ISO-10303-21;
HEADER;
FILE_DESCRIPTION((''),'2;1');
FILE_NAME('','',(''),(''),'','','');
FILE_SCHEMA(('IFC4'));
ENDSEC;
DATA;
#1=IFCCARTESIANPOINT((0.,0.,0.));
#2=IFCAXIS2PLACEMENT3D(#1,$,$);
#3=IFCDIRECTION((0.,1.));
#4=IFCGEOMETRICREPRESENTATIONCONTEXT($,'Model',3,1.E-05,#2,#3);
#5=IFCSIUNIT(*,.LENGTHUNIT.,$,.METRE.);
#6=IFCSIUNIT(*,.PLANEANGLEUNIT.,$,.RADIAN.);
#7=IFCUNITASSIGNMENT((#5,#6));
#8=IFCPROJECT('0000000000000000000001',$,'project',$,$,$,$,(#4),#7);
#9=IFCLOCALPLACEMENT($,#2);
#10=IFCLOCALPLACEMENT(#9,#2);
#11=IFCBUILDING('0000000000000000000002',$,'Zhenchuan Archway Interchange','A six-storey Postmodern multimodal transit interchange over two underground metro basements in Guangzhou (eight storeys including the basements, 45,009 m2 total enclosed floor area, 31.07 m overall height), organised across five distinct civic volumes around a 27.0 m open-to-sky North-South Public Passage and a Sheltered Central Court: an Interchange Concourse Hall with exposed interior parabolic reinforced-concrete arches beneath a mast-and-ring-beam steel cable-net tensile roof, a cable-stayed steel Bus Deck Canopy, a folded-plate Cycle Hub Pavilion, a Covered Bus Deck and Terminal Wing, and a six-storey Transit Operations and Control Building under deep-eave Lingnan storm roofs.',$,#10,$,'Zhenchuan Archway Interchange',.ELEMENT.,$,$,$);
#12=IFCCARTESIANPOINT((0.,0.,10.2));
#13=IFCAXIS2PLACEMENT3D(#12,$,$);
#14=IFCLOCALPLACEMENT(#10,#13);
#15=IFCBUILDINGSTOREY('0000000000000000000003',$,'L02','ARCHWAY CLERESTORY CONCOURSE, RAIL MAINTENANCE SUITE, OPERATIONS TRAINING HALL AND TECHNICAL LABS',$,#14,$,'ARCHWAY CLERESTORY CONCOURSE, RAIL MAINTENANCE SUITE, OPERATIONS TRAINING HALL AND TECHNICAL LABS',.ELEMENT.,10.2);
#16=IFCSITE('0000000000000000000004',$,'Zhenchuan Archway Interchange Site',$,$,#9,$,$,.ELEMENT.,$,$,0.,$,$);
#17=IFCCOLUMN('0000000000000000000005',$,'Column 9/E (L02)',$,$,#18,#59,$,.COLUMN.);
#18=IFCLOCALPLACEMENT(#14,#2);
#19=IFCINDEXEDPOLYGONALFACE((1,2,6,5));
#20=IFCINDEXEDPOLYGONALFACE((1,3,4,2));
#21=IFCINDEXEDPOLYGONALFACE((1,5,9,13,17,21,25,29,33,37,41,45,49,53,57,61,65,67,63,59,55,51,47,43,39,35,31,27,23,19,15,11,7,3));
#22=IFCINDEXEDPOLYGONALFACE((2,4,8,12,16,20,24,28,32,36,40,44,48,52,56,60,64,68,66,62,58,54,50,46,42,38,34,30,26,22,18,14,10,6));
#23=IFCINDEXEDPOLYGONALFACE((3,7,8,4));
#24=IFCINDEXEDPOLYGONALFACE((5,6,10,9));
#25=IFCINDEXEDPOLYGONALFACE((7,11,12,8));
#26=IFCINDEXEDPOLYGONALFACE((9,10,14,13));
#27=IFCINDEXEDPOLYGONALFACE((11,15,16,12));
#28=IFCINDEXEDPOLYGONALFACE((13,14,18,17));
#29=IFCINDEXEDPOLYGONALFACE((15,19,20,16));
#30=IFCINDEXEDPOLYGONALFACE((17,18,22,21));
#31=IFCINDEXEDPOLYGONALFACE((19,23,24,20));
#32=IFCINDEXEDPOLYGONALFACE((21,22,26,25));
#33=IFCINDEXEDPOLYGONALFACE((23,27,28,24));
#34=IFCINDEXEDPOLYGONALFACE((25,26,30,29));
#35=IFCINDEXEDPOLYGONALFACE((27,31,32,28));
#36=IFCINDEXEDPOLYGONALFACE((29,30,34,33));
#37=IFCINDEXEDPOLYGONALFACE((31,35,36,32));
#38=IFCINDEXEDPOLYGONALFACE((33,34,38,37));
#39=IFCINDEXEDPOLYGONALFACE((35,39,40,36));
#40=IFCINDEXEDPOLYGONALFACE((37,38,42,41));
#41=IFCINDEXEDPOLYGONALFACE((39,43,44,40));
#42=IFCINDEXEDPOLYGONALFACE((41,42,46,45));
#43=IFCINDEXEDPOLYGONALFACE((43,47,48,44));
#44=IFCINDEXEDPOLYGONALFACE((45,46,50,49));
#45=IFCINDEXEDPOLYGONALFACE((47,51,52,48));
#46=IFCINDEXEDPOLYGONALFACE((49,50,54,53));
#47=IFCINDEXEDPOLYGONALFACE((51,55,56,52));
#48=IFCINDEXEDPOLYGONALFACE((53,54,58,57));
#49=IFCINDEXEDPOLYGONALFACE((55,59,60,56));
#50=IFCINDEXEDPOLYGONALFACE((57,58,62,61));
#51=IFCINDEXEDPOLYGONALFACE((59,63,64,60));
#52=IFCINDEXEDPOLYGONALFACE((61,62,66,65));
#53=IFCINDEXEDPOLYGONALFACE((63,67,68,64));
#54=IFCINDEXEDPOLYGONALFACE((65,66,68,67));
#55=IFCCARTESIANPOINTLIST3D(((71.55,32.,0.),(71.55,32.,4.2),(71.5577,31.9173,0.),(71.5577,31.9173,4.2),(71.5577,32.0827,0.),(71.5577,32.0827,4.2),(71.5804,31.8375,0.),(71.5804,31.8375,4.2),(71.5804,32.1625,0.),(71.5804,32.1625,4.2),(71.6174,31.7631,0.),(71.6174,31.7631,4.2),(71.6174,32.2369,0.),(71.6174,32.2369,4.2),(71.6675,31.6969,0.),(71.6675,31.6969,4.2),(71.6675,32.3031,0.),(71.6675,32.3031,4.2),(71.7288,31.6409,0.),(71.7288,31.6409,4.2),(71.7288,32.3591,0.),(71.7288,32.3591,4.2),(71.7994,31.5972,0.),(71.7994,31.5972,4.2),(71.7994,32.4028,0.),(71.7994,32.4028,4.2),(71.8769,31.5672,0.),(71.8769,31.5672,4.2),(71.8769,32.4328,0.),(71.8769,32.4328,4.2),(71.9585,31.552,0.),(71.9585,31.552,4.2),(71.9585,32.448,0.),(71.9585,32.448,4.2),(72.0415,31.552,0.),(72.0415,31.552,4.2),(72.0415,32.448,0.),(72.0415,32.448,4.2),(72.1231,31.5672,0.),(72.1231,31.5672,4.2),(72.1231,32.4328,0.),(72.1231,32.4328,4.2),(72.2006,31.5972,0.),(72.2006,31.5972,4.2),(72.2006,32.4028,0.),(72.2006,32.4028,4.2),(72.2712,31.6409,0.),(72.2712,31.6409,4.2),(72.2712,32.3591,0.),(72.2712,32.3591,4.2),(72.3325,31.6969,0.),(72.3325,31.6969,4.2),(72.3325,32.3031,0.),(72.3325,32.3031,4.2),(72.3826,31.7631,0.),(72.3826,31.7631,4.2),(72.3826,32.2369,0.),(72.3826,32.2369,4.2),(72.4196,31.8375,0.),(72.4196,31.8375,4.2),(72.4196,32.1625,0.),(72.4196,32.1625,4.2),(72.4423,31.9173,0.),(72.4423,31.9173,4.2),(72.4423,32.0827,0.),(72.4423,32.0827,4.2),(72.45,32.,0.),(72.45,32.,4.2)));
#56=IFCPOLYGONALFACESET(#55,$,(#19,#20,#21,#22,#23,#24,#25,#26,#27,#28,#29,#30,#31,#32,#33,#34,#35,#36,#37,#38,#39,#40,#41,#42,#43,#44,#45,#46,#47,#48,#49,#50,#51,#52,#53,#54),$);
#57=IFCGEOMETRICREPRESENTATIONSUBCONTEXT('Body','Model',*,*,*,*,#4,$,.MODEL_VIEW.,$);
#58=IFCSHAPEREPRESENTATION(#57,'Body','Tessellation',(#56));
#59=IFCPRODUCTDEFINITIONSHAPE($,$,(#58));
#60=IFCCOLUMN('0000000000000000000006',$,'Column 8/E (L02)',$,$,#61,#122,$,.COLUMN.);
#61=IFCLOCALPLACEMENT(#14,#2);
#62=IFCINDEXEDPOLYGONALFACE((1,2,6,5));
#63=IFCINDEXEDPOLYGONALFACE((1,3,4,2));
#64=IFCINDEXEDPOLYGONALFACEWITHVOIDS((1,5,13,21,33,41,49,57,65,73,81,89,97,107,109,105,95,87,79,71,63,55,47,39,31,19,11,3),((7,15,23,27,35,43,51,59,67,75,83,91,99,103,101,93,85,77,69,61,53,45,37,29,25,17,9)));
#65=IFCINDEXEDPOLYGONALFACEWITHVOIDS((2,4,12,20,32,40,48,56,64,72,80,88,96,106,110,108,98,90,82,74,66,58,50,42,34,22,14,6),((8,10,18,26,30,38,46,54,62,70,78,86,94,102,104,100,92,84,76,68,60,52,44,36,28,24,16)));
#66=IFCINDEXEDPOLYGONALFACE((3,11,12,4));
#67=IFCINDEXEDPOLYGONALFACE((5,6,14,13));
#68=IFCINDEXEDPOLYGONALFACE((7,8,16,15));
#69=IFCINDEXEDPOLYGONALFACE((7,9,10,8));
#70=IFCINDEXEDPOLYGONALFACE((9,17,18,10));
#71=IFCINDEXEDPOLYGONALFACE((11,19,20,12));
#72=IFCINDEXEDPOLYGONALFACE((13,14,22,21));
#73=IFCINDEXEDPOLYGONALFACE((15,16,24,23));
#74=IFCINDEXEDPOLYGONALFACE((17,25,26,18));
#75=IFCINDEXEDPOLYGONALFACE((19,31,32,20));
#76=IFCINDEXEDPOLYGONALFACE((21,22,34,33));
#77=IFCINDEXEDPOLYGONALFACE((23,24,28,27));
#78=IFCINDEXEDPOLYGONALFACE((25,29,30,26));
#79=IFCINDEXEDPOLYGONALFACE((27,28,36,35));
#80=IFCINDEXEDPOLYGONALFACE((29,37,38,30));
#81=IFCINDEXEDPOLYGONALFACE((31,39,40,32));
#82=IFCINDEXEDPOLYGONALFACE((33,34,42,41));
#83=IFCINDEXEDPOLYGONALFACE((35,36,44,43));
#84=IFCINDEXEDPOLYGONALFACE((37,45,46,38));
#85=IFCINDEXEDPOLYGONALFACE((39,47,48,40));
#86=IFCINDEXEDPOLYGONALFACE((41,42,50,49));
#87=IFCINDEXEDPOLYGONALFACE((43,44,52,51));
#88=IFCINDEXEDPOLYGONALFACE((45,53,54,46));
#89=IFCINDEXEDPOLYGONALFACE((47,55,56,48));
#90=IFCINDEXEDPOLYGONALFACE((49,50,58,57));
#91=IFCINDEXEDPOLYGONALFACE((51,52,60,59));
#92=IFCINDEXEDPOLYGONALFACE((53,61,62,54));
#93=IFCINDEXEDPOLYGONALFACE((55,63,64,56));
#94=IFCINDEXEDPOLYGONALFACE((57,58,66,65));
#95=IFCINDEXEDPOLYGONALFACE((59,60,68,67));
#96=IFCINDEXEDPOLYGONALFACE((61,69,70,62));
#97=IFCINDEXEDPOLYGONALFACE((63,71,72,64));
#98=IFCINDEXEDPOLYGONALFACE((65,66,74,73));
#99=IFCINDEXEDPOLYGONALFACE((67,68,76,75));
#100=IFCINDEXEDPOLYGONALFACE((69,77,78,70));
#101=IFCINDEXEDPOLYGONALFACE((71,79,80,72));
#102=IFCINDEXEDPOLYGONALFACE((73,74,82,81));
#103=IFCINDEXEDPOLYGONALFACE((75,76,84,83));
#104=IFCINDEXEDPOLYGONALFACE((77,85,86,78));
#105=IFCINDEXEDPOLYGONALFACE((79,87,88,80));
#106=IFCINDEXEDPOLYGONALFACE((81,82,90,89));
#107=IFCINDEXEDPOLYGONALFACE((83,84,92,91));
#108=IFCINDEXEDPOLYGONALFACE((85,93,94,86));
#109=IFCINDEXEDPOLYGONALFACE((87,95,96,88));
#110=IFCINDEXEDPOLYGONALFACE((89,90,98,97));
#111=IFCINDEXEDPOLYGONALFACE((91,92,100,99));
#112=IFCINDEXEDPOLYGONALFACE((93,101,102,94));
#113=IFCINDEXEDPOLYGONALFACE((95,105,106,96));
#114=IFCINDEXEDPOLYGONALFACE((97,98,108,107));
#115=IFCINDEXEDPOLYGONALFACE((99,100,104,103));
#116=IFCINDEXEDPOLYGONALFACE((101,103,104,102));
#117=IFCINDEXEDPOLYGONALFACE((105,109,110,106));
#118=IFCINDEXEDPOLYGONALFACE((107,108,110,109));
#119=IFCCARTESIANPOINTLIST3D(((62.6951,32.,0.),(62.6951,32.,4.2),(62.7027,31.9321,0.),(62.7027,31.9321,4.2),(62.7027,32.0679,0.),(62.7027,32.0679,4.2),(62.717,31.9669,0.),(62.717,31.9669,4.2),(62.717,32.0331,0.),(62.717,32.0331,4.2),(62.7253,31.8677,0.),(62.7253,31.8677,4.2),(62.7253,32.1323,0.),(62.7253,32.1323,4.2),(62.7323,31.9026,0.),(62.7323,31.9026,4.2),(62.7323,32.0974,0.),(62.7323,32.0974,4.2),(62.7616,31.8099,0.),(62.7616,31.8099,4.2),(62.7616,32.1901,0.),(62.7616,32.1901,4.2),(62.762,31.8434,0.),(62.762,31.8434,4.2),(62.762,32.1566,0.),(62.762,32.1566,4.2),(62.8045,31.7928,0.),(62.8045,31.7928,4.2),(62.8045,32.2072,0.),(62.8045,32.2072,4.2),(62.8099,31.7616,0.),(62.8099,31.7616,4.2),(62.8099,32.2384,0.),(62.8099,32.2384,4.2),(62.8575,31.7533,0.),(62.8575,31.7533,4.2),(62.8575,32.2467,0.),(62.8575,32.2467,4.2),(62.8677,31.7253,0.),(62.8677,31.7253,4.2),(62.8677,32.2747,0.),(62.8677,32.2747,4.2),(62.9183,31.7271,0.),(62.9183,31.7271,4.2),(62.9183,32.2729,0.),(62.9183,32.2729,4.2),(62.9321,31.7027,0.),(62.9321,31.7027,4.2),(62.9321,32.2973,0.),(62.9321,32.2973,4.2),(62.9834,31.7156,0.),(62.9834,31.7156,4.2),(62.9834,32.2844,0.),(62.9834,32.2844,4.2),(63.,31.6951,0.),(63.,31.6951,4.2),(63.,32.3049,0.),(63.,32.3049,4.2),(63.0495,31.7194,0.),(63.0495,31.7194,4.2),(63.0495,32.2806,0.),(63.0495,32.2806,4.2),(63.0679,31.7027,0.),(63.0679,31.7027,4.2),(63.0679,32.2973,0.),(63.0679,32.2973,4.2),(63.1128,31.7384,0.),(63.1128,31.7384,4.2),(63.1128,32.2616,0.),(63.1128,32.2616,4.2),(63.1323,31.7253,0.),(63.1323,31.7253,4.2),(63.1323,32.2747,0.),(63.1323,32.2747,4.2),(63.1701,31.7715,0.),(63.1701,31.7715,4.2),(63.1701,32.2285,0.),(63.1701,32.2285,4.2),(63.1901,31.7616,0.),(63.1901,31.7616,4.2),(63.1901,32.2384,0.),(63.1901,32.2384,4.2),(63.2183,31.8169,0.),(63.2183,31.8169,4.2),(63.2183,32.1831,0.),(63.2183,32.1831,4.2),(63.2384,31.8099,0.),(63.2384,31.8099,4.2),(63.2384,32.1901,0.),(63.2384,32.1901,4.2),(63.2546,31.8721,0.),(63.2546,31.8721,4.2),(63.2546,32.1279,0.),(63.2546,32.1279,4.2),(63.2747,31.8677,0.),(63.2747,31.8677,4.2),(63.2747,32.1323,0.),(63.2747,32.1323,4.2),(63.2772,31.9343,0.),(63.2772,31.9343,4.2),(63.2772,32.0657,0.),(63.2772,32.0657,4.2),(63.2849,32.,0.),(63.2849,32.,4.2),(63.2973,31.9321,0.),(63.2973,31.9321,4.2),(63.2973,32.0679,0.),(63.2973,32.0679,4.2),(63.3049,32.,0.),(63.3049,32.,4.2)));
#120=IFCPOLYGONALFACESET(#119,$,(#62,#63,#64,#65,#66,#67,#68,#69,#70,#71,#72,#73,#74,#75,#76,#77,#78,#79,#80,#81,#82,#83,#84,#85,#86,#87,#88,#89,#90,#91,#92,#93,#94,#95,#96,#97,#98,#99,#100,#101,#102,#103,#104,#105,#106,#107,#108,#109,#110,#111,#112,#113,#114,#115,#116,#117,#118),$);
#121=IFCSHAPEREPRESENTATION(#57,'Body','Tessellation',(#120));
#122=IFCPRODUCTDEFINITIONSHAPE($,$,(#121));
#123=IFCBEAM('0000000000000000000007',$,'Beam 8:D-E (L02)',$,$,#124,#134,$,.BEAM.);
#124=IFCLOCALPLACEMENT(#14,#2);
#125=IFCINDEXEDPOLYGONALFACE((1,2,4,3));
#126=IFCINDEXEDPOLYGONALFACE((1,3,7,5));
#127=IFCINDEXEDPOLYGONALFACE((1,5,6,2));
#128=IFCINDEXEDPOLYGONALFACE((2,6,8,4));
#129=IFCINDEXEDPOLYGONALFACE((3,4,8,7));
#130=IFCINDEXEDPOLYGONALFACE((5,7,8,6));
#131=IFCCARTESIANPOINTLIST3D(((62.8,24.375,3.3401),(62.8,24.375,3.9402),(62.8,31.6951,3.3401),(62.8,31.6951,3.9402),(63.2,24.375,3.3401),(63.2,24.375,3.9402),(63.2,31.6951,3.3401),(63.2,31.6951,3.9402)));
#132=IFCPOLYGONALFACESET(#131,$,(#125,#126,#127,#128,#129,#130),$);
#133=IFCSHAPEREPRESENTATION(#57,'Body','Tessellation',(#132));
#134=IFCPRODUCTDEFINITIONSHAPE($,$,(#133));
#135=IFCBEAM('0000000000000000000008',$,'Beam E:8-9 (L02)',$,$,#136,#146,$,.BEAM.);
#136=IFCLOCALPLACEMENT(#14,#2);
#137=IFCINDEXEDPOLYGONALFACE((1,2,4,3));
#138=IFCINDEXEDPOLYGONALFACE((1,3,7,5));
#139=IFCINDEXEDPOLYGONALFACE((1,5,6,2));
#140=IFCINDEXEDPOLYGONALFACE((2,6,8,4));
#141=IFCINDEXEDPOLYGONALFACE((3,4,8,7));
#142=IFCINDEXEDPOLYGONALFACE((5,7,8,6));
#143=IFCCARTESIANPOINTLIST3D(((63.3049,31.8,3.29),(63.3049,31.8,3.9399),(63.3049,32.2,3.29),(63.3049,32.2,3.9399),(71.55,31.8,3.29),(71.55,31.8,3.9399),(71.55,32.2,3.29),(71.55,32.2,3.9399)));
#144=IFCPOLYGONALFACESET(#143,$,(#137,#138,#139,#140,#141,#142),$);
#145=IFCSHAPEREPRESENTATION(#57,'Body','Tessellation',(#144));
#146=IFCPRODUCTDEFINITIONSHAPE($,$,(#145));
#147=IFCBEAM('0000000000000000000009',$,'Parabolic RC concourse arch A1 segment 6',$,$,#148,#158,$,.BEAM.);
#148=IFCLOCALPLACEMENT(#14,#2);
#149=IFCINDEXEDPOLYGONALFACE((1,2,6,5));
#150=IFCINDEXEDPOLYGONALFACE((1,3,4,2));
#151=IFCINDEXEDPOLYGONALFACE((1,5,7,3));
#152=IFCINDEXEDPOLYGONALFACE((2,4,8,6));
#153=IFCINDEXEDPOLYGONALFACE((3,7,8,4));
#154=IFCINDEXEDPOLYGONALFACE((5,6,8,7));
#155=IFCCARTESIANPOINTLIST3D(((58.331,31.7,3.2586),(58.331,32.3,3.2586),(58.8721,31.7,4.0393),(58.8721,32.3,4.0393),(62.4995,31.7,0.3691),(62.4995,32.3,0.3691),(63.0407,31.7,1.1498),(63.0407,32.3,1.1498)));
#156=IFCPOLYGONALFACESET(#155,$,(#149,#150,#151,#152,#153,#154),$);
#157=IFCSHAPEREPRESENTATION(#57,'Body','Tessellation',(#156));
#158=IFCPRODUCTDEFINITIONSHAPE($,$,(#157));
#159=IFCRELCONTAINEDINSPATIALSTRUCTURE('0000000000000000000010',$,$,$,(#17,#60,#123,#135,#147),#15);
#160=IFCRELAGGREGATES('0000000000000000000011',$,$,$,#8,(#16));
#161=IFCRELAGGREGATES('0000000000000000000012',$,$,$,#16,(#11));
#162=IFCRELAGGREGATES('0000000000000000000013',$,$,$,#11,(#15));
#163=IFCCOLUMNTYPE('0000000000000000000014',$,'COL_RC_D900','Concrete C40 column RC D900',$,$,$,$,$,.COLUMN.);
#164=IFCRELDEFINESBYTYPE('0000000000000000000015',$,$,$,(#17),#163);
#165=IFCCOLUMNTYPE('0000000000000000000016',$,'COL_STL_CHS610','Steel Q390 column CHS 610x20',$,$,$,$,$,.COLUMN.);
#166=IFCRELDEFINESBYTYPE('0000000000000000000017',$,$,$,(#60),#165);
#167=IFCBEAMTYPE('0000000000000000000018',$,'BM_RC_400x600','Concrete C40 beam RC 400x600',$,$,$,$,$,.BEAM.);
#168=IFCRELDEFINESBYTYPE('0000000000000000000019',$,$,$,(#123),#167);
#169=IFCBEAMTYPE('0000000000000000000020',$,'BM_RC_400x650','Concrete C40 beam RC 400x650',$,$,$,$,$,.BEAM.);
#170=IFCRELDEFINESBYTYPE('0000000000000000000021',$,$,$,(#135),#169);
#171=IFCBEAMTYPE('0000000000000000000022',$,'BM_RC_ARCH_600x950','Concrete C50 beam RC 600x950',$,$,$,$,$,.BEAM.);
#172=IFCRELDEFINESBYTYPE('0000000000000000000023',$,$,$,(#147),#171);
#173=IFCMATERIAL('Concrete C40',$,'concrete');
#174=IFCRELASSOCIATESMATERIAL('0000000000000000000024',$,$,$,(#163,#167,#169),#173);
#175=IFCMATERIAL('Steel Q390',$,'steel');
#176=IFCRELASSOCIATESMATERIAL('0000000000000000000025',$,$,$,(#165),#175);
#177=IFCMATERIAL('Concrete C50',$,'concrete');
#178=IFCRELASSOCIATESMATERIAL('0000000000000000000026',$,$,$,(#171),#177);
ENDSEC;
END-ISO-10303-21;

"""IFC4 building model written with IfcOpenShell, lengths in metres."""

from ifc_helpers import new_model, si_unit, direction, frame, origin, origin_2d, place, context, subcontext, project, spatial, rectangle, circle, hollow_circle, extrude, material, material_profile, profile_set, type_object, element, save


model = new_model("IFC4")

# Units and contexts
model_context = context("Model", 3, precision=1e-05, world=origin(), true_north=direction((0.0, 1.0)))
body_context = subcontext(model_context, "Body", "Model", "MODEL_VIEW")
ifc_project = project(units=[si_unit("LENGTHUNIT", "METRE"), si_unit("PLANEANGLEUNIT", "RADIAN")], contexts=[model_context])

# Site, building, storey
site_placement = place(None, origin())
site = spatial("IfcSite", under=ifc_project, at=site_placement, Name="Zhenchuan Archway Interchange Site", CompositionType="ELEMENT", RefElevation=0.0)
building_placement = place(site_placement, origin())
building = spatial("IfcBuilding", under=site, at=building_placement, Name="Zhenchuan Archway Interchange", Description="A six-storey Postmodern multimodal transit interchange over two underground metro basements in Guangzhou (eight storeys including the basements, 45,009 m2 total enclosed floor area, 31.07 m overall height), organised across five distinct civic volumes around a 27.0 m open-to-sky North-South Public Passage and a Sheltered Central Court: an Interchange Concourse Hall with exposed interior parabolic reinforced-concrete arches beneath a mast-and-ring-beam steel cable-net tensile roof, a cable-stayed steel Bus Deck Canopy, a folded-plate Cycle Hub Pavilion, a Covered Bus Deck and Terminal Wing, and a six-storey Transit Operations and Control Building under deep-eave Lingnan storm roofs.", LongName="Zhenchuan Archway Interchange", CompositionType="ELEMENT")
storey_placement = place(building_placement, frame((0.0, 0.0, 10.2)))
storey = spatial("IfcBuildingStorey", under=building, at=storey_placement, Name="L02", Description="ARCHWAY CLERESTORY CONCOURSE, RAIL MAINTENANCE SUITE, OPERATIONS TRAINING HALL AND TECHNICAL LABS", LongName="ARCHWAY CLERESTORY CONCOURSE, RAIL MAINTENANCE SUITE, OPERATIONS TRAINING HALL AND TECHNICAL LABS", CompositionType="ELEMENT", Elevation=10.2)

# Columns
ifc_material_1 = material(Name="Concrete C40", Category="concrete")
ifc_material_profile_1 = material_profile(ifc_material_1, circle(Radius=0.45, at=origin_2d()), Name="RC D900")
ifc_profile_set_1 = profile_set([ifc_material_profile_1], Name="Concrete C40")
column_type_1 = type_object("IfcColumnType", Name="COL_RC_D900", Description="Concrete C40 column RC D900", PredefinedType="COLUMN", material=ifc_profile_set_1)
column_1_placement = place(storey_placement, frame((72.0, 32.0, 0.0), z_axis=(0.0, 0.0, 1.0), x_axis=(1.0, 0.0, 0.0)))
element("IfcColumn", 1, at=column_1_placement, inside=storey, type_object=column_type_1, Name="Column 9/E (L02)", PredefinedType="COLUMN", context=body_context, shape_type="SweptSolid", body=[
    extrude(circle(Radius=0.45, at=origin_2d()), origin(), (0.0, 0.0, 1.0), 4.2),
])
ifc_material_2 = material(Name="Steel Q390", Category="steel")
ifc_material_profile_2 = material_profile(ifc_material_2, hollow_circle(Radius=0.3049, WallThickness=0.02, at=origin_2d()), Name="CHS 610x20")
ifc_profile_set_2 = profile_set([ifc_material_profile_2], Name="Steel Q390")
column_type_2 = type_object("IfcColumnType", Name="COL_STL_CHS610", Description="Steel Q390 column CHS 610x20", PredefinedType="COLUMN", material=ifc_profile_set_2)
column_2_placement = place(storey_placement, frame((63.0, 32.0, 0.0), z_axis=(0.0, 0.0, 1.0), x_axis=(1.0, 0.0, 0.0)))
element("IfcColumn", 2, at=column_2_placement, inside=storey, type_object=column_type_2, Name="Column 8/E (L02)", PredefinedType="COLUMN", context=body_context, shape_type="SweptSolid", body=[
    extrude(hollow_circle(Radius=0.3049, WallThickness=0.02, at=origin_2d()), origin(), (0.0, 0.0, 1.0), 4.2),
])

# Beams
ifc_material_profile_3 = material_profile(ifc_material_1, rectangle(XDim=0.3999, YDim=0.6001, at=origin_2d()), Name="RC 400x600")
ifc_profile_set_3 = profile_set([ifc_material_profile_3], Name="Concrete C40")
beam_type_1 = type_object("IfcBeamType", Name="BM_RC_400x600", Description="Concrete C40 beam RC 400x600", PredefinedType="BEAM", material=ifc_profile_set_3)
beam_1_placement = place(storey_placement, frame((63.0, 24.375, 3.6401), z_axis=(0.0, 1.0, 0.0), x_axis=(-1.0, 0.0, 0.0)))
element("IfcBeam", 3, at=beam_1_placement, inside=storey, type_object=beam_type_1, Name="Beam 8:D-E (L02)", PredefinedType="BEAM", context=body_context, shape_type="SweptSolid", body=[
    extrude(rectangle(XDim=0.3999, YDim=0.6001, at=origin_2d()), origin(), (0.0, 0.0, 1.0), 7.3201),
])
ifc_material_profile_4 = material_profile(ifc_material_1, rectangle(XDim=0.3999, YDim=0.6499, at=origin_2d()), Name="RC 400x650")
ifc_profile_set_4 = profile_set([ifc_material_profile_4], Name="Concrete C40")
beam_type_2 = type_object("IfcBeamType", Name="BM_RC_400x650", Description="Concrete C40 beam RC 400x650", PredefinedType="BEAM", material=ifc_profile_set_4)
beam_2_placement = place(storey_placement, frame((63.3049, 32.0, 3.615), z_axis=(1.0, 0.0, 0.0), x_axis=(0.0, 1.0, 0.0)))
element("IfcBeam", 4, at=beam_2_placement, inside=storey, type_object=beam_type_2, Name="Beam E:8-9 (L02)", PredefinedType="BEAM", context=body_context, shape_type="SweptSolid", body=[
    extrude(rectangle(XDim=0.3999, YDim=0.6499, at=origin_2d()), origin(), (0.0, 0.0, 1.0), 8.2451),
])
ifc_material_3 = material(Name="Concrete C50", Category="concrete")
ifc_material_profile_5 = material_profile(ifc_material_3, rectangle(XDim=0.6001, YDim=0.95, at=origin_2d()), Name="RC 600x950")
ifc_profile_set_5 = profile_set([ifc_material_profile_5], Name="Concrete C50")
beam_type_3 = type_object("IfcBeamType", Name="BM_RC_ARCH_600x950", Description="Concrete C50 beam RC 600x950", PredefinedType="BEAM", material=ifc_profile_set_5)
beam_3_placement = place(storey_placement, frame((58.6016, 32.0, 3.6489), z_axis=(0.821865, 0.0, -0.569683), x_axis=(0.0, 1.0, 0.0)))
element("IfcBeam", 5, at=beam_3_placement, inside=storey, type_object=beam_type_3, Name="Parabolic RC concourse arch A1 segment 6", PredefinedType="BEAM", context=body_context, shape_type="SweptSolid", body=[
    extrude(rectangle(XDim=0.6001, YDim=0.95, at=origin_2d()), origin(), (0.0, 0.0, 1.0), 5.072),
])

save(model, "model.ifc")
